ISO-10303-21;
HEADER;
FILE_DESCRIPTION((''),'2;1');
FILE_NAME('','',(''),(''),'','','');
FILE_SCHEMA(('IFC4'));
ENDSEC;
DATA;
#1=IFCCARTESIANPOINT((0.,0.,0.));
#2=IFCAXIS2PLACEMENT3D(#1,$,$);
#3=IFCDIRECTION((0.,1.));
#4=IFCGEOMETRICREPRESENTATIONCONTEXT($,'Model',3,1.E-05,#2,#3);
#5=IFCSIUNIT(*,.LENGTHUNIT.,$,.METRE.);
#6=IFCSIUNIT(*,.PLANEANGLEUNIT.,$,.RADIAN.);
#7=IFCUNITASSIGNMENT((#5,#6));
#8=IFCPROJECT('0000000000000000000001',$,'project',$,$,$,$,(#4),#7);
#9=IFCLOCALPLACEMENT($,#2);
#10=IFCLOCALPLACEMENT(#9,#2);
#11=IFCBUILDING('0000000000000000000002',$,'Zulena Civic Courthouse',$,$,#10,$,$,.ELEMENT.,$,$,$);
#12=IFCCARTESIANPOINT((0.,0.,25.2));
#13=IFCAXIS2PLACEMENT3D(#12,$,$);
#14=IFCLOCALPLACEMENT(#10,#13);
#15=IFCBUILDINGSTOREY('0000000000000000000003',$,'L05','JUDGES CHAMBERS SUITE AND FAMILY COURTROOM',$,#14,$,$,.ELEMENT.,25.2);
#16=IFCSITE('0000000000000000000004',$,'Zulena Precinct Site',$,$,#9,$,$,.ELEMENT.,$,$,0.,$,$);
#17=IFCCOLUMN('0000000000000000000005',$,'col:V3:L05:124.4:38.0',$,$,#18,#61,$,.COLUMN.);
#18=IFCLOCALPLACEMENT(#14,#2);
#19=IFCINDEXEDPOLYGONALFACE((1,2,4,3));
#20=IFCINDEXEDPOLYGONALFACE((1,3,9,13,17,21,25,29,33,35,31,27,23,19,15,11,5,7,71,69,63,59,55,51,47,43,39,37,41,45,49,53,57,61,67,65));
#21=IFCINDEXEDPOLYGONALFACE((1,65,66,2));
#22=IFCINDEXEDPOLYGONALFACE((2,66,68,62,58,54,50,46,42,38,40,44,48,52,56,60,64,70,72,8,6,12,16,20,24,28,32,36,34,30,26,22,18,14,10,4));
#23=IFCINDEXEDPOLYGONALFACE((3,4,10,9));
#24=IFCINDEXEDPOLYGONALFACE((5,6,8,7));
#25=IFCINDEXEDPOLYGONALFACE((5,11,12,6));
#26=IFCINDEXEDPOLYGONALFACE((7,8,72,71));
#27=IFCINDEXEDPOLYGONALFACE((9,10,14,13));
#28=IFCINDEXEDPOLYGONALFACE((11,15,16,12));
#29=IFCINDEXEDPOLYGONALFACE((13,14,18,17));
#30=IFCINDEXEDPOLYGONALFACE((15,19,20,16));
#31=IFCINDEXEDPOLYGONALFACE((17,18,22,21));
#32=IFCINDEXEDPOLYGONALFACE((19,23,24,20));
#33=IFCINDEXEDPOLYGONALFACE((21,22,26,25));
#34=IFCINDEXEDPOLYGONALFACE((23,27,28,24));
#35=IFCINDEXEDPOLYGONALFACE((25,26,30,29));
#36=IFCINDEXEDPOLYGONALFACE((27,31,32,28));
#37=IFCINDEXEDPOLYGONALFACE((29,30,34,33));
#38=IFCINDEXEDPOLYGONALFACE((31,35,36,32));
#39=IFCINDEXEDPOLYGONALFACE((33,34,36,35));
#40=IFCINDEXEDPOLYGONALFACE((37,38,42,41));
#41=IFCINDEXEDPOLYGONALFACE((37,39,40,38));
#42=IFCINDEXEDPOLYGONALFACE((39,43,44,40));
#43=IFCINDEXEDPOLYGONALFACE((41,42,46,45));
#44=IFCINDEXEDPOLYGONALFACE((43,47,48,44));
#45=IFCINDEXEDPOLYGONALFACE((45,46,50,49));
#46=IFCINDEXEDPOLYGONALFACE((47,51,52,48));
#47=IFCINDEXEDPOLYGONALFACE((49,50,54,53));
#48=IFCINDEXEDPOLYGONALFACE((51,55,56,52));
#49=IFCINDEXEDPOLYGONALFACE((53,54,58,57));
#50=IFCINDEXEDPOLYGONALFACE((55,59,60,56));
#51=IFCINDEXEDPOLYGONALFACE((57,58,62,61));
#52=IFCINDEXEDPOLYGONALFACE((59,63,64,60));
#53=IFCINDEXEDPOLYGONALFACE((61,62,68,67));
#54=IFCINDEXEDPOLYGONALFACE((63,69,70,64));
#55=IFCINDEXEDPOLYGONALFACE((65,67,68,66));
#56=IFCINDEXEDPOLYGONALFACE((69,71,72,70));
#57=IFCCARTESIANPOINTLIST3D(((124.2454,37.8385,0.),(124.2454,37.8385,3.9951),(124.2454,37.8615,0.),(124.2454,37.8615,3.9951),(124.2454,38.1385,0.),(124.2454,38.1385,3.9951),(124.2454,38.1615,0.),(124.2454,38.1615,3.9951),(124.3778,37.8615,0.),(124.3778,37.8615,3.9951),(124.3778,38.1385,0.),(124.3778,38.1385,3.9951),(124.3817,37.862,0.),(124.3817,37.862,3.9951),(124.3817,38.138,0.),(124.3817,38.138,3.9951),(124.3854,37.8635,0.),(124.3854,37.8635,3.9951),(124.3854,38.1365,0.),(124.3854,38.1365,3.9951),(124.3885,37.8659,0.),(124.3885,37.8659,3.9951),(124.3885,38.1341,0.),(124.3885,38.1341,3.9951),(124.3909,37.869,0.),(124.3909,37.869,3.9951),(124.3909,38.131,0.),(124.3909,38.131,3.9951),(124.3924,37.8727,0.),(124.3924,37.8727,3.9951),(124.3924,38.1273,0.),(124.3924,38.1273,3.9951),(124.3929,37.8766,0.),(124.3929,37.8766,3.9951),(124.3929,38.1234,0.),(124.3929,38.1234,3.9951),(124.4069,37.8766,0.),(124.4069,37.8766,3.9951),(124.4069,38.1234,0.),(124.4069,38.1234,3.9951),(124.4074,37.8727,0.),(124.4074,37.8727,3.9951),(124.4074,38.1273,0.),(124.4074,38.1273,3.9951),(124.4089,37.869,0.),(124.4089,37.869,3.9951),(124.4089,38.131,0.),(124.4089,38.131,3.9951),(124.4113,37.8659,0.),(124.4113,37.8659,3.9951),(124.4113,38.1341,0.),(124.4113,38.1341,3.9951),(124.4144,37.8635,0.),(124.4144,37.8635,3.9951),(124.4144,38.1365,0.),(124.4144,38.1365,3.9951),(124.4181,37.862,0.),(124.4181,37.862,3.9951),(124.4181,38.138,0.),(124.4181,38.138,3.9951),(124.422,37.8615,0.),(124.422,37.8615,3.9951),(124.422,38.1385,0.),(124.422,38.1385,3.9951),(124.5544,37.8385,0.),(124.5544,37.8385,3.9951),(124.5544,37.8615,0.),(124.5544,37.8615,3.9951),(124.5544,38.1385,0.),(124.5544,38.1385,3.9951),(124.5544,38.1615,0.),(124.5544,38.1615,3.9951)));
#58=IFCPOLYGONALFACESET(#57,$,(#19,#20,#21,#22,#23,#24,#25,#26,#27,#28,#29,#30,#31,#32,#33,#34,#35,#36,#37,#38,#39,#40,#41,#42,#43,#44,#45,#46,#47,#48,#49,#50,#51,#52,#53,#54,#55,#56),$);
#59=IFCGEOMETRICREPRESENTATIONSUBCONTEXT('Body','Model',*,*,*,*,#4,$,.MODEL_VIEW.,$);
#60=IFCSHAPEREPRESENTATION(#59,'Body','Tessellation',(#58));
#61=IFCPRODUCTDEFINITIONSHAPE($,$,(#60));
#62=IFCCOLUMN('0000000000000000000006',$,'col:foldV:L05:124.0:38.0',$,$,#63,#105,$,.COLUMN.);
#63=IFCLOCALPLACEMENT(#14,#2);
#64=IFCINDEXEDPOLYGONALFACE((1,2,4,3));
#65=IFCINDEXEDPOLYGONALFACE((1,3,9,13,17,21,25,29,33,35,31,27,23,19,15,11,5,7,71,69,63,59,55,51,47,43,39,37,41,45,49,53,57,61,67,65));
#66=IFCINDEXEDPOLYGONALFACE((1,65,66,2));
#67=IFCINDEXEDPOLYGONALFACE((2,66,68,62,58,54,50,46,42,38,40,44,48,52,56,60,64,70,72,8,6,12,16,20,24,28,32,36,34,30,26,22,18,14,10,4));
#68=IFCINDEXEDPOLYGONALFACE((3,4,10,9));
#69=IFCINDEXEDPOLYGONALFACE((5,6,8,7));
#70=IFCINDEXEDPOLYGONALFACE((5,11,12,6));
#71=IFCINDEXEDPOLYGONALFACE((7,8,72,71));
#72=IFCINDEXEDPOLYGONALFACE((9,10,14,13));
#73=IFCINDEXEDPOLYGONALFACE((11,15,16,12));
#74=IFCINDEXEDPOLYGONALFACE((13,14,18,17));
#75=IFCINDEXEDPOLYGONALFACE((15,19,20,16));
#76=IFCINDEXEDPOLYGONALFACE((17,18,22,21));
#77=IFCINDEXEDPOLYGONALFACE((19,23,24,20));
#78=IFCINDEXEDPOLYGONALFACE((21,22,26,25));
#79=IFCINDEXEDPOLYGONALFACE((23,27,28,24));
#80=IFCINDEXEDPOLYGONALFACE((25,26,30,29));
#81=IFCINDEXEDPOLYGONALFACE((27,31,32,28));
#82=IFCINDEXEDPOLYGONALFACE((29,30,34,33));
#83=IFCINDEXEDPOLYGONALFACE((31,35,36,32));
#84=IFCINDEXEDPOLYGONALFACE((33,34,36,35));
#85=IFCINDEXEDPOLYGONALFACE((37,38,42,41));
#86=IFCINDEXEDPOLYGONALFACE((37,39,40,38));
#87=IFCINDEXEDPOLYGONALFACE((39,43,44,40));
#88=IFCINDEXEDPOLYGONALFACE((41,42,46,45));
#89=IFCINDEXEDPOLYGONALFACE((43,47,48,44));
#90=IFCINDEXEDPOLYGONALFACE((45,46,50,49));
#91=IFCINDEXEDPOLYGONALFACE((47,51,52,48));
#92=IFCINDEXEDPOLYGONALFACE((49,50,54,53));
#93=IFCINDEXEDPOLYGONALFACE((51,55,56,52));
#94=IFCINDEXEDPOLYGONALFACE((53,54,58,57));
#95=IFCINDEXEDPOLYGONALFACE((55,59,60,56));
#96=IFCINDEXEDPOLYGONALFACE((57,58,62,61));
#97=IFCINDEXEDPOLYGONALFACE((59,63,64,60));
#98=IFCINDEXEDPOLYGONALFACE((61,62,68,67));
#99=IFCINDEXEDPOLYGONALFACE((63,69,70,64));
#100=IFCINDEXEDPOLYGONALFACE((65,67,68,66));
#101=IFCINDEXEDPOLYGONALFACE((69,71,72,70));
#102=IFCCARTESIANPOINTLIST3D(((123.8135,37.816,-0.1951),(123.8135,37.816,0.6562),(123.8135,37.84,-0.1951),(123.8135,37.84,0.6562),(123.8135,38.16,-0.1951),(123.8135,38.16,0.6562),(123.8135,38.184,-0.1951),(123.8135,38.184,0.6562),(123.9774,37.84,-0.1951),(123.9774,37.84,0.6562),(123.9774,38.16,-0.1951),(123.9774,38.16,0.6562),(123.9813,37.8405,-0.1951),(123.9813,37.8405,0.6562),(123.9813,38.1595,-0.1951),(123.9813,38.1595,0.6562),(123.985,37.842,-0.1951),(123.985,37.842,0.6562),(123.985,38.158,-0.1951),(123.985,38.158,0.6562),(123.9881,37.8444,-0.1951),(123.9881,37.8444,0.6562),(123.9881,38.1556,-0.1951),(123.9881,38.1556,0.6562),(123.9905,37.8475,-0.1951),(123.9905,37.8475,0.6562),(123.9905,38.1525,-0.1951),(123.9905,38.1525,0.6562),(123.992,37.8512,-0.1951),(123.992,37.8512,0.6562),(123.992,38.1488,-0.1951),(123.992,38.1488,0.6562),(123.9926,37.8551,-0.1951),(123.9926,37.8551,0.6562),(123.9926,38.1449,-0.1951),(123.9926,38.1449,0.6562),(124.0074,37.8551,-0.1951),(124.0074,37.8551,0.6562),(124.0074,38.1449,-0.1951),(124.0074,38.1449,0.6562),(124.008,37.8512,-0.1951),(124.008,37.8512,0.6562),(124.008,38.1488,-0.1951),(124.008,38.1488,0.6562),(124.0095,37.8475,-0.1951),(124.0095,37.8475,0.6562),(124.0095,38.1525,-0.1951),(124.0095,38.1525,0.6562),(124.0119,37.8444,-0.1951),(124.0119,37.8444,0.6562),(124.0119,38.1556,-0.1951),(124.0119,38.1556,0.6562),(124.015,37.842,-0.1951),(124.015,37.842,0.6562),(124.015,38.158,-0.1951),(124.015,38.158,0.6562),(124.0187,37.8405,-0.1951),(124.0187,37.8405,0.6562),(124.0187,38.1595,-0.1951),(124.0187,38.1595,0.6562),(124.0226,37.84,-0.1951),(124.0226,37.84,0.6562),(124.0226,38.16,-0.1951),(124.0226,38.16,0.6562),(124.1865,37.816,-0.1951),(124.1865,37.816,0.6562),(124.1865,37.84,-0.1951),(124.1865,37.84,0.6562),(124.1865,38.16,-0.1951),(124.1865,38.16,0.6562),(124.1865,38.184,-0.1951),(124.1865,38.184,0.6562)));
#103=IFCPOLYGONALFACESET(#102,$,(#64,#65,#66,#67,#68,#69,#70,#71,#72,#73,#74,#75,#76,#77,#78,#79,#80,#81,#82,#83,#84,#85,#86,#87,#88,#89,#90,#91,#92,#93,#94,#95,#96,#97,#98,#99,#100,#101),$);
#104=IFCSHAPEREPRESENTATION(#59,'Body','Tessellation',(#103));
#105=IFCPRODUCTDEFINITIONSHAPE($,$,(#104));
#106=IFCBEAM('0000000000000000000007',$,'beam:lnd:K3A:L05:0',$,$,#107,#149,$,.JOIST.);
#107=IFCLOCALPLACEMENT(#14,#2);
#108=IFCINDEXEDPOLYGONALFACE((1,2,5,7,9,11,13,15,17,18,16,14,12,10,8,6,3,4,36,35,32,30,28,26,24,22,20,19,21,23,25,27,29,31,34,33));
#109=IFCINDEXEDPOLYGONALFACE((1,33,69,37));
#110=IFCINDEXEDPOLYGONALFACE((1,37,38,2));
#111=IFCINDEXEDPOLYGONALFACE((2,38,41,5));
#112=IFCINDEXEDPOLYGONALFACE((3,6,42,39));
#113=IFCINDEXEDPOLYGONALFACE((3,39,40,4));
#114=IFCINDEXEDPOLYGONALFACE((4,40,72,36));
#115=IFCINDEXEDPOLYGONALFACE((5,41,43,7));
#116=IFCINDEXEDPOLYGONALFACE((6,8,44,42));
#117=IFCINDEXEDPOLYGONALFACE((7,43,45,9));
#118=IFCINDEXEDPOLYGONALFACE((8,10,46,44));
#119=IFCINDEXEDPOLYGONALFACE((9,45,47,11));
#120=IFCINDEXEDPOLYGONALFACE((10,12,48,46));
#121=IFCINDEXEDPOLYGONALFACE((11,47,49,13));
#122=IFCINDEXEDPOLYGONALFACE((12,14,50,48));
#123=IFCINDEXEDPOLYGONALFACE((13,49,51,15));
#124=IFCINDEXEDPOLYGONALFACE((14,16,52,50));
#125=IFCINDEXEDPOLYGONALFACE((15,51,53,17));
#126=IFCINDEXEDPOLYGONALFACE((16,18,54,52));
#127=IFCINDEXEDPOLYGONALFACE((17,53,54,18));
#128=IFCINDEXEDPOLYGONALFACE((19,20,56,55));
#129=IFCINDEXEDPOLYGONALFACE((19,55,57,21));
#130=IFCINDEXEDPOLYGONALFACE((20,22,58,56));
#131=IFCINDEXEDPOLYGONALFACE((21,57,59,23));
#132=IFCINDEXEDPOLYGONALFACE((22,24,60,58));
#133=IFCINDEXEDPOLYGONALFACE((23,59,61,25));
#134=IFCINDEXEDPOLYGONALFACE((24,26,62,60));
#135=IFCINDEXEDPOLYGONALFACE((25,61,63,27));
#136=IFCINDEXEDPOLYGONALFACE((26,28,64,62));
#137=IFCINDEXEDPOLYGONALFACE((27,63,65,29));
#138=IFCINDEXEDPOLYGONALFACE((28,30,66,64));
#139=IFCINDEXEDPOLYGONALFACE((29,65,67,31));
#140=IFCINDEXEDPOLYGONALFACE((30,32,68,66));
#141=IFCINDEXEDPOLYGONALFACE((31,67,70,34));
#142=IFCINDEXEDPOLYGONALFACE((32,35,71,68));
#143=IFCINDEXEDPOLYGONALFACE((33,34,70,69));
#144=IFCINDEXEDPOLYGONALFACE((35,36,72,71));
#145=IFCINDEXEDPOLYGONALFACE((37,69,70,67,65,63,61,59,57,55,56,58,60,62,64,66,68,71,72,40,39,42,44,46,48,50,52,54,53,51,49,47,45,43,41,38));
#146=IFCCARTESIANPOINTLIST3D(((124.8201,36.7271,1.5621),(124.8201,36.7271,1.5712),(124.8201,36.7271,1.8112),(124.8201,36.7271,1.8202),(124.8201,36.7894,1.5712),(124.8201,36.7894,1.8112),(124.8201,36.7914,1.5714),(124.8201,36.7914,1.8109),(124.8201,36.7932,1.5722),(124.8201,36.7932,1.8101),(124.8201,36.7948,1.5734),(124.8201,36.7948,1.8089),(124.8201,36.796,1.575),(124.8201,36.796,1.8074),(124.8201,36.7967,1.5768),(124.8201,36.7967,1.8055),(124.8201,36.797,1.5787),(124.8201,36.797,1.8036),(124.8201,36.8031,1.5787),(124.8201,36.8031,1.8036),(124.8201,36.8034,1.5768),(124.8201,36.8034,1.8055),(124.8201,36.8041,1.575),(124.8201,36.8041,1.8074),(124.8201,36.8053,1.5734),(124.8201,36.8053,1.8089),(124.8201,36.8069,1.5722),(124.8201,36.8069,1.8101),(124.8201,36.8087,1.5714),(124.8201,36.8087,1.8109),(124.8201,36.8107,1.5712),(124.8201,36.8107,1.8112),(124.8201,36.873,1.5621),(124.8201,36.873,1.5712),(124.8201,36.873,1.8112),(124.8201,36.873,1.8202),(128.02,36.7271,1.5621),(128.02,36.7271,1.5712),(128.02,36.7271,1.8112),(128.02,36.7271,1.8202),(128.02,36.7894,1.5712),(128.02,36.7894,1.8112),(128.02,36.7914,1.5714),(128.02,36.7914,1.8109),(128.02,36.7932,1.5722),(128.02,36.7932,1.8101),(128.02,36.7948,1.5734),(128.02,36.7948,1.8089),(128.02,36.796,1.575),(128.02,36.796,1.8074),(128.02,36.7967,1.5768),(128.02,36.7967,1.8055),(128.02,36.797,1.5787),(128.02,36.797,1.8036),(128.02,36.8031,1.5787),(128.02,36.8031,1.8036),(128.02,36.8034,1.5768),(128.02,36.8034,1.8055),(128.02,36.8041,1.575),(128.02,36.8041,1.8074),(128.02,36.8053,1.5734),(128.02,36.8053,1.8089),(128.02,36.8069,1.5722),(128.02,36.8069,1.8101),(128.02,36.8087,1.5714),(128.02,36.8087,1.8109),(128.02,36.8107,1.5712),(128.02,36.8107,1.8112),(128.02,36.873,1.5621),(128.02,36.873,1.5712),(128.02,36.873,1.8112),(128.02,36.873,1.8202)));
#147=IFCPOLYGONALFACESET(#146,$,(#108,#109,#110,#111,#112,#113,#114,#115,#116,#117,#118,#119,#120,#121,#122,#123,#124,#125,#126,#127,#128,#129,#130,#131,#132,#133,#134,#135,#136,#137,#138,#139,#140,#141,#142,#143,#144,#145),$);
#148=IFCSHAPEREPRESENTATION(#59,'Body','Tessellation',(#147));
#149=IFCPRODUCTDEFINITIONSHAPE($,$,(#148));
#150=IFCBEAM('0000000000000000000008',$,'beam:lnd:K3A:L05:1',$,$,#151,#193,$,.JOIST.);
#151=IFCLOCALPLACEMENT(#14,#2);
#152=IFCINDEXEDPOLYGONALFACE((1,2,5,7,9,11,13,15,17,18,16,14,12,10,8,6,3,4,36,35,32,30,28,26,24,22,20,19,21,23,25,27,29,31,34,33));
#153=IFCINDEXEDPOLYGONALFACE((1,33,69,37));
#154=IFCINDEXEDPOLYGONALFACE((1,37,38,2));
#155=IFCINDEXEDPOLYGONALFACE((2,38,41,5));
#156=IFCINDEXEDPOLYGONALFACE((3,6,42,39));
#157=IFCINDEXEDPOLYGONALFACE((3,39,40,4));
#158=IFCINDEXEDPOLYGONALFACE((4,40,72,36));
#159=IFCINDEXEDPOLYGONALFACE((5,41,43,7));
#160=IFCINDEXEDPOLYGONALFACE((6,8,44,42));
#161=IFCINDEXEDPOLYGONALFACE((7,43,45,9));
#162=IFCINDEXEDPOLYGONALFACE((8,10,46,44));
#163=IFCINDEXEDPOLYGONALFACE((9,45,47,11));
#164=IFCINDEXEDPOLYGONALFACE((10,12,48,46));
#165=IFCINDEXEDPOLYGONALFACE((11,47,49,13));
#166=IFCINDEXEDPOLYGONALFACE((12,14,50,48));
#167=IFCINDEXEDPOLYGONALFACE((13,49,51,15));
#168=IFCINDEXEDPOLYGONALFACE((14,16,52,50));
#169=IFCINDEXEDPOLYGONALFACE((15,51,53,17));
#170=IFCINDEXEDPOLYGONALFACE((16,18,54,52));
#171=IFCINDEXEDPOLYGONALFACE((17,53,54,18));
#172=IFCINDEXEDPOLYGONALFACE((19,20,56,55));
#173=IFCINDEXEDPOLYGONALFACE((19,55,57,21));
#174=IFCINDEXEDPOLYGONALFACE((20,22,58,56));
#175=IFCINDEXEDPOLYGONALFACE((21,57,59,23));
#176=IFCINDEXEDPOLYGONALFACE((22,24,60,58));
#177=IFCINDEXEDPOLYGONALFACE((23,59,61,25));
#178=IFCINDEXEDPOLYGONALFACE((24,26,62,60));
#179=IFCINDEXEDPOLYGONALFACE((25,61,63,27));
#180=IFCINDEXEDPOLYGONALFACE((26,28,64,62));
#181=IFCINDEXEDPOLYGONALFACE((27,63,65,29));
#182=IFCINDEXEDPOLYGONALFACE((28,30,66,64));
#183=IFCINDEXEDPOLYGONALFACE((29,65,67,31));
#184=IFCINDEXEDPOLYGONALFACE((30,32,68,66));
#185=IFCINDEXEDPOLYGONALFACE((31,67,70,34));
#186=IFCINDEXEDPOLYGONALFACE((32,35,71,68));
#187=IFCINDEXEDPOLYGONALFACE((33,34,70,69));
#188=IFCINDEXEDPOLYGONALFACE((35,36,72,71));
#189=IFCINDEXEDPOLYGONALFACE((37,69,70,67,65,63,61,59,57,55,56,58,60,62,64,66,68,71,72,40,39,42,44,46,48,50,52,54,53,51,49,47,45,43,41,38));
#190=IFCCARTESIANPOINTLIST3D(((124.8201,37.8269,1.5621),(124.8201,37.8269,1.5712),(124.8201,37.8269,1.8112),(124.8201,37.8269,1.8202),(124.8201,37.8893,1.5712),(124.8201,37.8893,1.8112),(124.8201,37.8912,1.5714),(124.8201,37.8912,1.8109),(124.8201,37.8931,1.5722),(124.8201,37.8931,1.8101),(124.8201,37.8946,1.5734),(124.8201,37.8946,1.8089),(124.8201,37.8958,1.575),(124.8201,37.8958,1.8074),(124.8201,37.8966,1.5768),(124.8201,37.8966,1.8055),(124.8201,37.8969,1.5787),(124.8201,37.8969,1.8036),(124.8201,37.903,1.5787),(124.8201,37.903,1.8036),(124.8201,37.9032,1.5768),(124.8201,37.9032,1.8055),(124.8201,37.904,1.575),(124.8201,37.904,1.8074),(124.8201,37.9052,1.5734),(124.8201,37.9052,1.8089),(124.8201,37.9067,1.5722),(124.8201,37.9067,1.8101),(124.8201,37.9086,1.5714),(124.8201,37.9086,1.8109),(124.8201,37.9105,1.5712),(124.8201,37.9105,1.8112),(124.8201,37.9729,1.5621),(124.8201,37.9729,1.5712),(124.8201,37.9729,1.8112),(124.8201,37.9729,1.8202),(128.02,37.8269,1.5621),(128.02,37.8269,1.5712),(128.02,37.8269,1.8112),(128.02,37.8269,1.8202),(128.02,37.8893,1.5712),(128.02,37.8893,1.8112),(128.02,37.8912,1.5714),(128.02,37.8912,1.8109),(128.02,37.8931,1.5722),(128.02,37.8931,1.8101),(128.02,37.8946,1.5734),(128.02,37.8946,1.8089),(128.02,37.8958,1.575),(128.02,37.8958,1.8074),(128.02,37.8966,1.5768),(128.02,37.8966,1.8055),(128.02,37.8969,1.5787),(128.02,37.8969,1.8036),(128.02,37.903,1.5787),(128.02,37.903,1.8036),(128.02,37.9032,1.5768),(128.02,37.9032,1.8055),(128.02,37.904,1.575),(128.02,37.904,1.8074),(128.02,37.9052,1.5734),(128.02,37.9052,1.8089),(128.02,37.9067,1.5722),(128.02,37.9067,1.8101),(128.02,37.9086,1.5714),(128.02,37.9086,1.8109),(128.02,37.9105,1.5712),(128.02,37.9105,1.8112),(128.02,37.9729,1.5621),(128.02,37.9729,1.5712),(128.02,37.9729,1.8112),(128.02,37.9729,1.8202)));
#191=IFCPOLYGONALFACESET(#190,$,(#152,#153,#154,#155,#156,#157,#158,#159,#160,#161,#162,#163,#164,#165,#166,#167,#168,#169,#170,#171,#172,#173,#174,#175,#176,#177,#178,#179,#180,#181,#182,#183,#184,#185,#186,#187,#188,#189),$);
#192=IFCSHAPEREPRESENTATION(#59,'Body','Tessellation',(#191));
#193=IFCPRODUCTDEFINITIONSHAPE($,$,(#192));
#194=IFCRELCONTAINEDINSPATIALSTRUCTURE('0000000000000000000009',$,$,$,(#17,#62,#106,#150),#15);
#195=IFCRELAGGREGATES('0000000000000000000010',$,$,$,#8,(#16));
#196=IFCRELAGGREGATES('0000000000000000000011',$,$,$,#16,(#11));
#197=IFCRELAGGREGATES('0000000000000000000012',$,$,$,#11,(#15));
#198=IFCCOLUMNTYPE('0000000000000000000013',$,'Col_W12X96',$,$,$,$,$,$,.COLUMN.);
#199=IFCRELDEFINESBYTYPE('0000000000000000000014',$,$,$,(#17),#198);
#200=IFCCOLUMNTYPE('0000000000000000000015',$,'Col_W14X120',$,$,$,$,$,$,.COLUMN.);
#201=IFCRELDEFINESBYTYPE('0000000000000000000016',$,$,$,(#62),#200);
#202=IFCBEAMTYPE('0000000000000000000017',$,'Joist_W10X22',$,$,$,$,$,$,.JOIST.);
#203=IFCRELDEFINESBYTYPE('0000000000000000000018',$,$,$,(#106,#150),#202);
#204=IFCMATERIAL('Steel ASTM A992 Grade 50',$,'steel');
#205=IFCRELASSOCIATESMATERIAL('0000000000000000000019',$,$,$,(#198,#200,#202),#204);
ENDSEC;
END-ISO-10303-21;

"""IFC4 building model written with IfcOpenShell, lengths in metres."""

from ifc_helpers import new_model, si_unit, direction, frame, origin, origin_2d, place, context, subcontext, project, spatial, i_section, extrude, material, material_profile, profile_set, type_object, element, save


model = new_model("IFC4")

# Units and contexts
model_context = context("Model", 3, precision=1e-05, world=origin(), true_north=direction((0.0, 1.0)))
body_context = subcontext(model_context, "Body", "Model", "MODEL_VIEW")
ifc_project = project(units=[si_unit("LENGTHUNIT", "METRE"), si_unit("PLANEANGLEUNIT", "RADIAN")], contexts=[model_context])

# Site, building, storey
site_placement = place(None, origin())
site = spatial("IfcSite", under=ifc_project, at=site_placement, Name="Zulena Precinct Site", CompositionType="ELEMENT", RefElevation=0.0)
building_placement = place(site_placement, origin())
building = spatial("IfcBuilding", under=site, at=building_placement, Name="Zulena Civic Courthouse", CompositionType="ELEMENT")
storey_placement = place(building_placement, frame((0.0, 0.0, 25.2)))
storey = spatial("IfcBuildingStorey", under=building, at=storey_placement, Name="L05", Description="JUDGES CHAMBERS SUITE AND FAMILY COURTROOM", CompositionType="ELEMENT", Elevation=25.2)

# Columns
ifc_material_1 = material(Name="Steel ASTM A992 Grade 50", Category="steel")
ifc_material_profile_1 = material_profile(ifc_material_1, i_section(OverallWidth=0.3091, OverallDepth=0.323, WebThickness=0.0139, FlangeThickness=0.0229, FilletRadius=0.0151, at=origin_2d()), Name="W12X96")
ifc_profile_set_1 = profile_set([ifc_material_profile_1], Name="Steel ASTM A992 Grade 50")
column_type_1 = type_object("IfcColumnType", Name="Col_W12X96", PredefinedType="COLUMN", material=ifc_profile_set_1)
column_1_placement = place(storey_placement, frame((124.3999, 38.0, 0.0), z_axis=(0.0, 0.0, 1.0), x_axis=(1.0, 0.0, 0.0)))
element("IfcColumn", 1, at=column_1_placement, inside=storey, type_object=column_type_1, Name="col:V3:L05:124.4:38.0", PredefinedType="COLUMN", context=body_context, shape_type="SweptSolid", body=[
    extrude(i_section(OverallWidth=0.3091, OverallDepth=0.323, WebThickness=0.0139, FlangeThickness=0.0229, FilletRadius=0.0151, at=origin_2d()), origin(), (0.0, 0.0, 1.0), 3.9951),
])
ifc_material_profile_2 = material_profile(ifc_material_1, i_section(OverallWidth=0.373, OverallDepth=0.3679, WebThickness=0.0149, FlangeThickness=0.0239, FilletRadius=0.0151, at=origin_2d()), Name="W14X120")
ifc_profile_set_2 = profile_set([ifc_material_profile_2], Name="Steel ASTM A992 Grade 50")
column_type_2 = type_object("IfcColumnType", Name="Col_W14X120", PredefinedType="COLUMN", material=ifc_profile_set_2)
column_2_placement = place(storey_placement, frame((124.0, 38.0, -0.1951), z_axis=(0.0, 0.0, 1.0), x_axis=(1.0, 0.0, 0.0)))
element("IfcColumn", 2, at=column_2_placement, inside=storey, type_object=column_type_2, Name="col:foldV:L05:124.0:38.0", PredefinedType="COLUMN", context=body_context, shape_type="SweptSolid", body=[
    extrude(i_section(OverallWidth=0.373, OverallDepth=0.3679, WebThickness=0.0149, FlangeThickness=0.0239, FilletRadius=0.0151, at=origin_2d()), origin(), (0.0, 0.0, 1.0), 0.8513),
])

# Beams
ifc_material_profile_3 = material_profile(ifc_material_1, i_section(OverallWidth=0.146, OverallDepth=0.2581, WebThickness=0.0061, FlangeThickness=0.009, FilletRadius=0.0076, at=origin_2d()), Name="W10X22")
ifc_profile_set_3 = profile_set([ifc_material_profile_3], Name="Steel ASTM A992 Grade 50")
beam_type_1 = type_object("IfcBeamType", Name="Joist_W10X22", PredefinedType="JOIST", material=ifc_profile_set_3)
for number, where, z_axis, x_axis, name in (
    (3, (124.8201, 36.8, 1.6912), (1.0, 0.0, 0.0), (0.0, 1.0, 0.0), "beam:lnd:K3A:L05:0"),
    (4, (124.8201, 37.8999, 1.6912), (1.0, 0.0, 0.0), (0.0, 1.0, 0.0), "beam:lnd:K3A:L05:1"),
):
    element("IfcBeam", number, at=place(storey_placement, frame(where, z_axis=z_axis, x_axis=x_axis)), inside=storey, type_object=beam_type_1, Name=name, PredefinedType="JOIST", context=body_context, shape_type="SweptSolid", body=[
        extrude(i_section(OverallWidth=0.146, OverallDepth=0.2581, WebThickness=0.0061, FlangeThickness=0.009, FilletRadius=0.0076, at=origin_2d()), origin(), (0.0, 0.0, 1.0), 3.2),
    ])

save(model, "model.ifc")
